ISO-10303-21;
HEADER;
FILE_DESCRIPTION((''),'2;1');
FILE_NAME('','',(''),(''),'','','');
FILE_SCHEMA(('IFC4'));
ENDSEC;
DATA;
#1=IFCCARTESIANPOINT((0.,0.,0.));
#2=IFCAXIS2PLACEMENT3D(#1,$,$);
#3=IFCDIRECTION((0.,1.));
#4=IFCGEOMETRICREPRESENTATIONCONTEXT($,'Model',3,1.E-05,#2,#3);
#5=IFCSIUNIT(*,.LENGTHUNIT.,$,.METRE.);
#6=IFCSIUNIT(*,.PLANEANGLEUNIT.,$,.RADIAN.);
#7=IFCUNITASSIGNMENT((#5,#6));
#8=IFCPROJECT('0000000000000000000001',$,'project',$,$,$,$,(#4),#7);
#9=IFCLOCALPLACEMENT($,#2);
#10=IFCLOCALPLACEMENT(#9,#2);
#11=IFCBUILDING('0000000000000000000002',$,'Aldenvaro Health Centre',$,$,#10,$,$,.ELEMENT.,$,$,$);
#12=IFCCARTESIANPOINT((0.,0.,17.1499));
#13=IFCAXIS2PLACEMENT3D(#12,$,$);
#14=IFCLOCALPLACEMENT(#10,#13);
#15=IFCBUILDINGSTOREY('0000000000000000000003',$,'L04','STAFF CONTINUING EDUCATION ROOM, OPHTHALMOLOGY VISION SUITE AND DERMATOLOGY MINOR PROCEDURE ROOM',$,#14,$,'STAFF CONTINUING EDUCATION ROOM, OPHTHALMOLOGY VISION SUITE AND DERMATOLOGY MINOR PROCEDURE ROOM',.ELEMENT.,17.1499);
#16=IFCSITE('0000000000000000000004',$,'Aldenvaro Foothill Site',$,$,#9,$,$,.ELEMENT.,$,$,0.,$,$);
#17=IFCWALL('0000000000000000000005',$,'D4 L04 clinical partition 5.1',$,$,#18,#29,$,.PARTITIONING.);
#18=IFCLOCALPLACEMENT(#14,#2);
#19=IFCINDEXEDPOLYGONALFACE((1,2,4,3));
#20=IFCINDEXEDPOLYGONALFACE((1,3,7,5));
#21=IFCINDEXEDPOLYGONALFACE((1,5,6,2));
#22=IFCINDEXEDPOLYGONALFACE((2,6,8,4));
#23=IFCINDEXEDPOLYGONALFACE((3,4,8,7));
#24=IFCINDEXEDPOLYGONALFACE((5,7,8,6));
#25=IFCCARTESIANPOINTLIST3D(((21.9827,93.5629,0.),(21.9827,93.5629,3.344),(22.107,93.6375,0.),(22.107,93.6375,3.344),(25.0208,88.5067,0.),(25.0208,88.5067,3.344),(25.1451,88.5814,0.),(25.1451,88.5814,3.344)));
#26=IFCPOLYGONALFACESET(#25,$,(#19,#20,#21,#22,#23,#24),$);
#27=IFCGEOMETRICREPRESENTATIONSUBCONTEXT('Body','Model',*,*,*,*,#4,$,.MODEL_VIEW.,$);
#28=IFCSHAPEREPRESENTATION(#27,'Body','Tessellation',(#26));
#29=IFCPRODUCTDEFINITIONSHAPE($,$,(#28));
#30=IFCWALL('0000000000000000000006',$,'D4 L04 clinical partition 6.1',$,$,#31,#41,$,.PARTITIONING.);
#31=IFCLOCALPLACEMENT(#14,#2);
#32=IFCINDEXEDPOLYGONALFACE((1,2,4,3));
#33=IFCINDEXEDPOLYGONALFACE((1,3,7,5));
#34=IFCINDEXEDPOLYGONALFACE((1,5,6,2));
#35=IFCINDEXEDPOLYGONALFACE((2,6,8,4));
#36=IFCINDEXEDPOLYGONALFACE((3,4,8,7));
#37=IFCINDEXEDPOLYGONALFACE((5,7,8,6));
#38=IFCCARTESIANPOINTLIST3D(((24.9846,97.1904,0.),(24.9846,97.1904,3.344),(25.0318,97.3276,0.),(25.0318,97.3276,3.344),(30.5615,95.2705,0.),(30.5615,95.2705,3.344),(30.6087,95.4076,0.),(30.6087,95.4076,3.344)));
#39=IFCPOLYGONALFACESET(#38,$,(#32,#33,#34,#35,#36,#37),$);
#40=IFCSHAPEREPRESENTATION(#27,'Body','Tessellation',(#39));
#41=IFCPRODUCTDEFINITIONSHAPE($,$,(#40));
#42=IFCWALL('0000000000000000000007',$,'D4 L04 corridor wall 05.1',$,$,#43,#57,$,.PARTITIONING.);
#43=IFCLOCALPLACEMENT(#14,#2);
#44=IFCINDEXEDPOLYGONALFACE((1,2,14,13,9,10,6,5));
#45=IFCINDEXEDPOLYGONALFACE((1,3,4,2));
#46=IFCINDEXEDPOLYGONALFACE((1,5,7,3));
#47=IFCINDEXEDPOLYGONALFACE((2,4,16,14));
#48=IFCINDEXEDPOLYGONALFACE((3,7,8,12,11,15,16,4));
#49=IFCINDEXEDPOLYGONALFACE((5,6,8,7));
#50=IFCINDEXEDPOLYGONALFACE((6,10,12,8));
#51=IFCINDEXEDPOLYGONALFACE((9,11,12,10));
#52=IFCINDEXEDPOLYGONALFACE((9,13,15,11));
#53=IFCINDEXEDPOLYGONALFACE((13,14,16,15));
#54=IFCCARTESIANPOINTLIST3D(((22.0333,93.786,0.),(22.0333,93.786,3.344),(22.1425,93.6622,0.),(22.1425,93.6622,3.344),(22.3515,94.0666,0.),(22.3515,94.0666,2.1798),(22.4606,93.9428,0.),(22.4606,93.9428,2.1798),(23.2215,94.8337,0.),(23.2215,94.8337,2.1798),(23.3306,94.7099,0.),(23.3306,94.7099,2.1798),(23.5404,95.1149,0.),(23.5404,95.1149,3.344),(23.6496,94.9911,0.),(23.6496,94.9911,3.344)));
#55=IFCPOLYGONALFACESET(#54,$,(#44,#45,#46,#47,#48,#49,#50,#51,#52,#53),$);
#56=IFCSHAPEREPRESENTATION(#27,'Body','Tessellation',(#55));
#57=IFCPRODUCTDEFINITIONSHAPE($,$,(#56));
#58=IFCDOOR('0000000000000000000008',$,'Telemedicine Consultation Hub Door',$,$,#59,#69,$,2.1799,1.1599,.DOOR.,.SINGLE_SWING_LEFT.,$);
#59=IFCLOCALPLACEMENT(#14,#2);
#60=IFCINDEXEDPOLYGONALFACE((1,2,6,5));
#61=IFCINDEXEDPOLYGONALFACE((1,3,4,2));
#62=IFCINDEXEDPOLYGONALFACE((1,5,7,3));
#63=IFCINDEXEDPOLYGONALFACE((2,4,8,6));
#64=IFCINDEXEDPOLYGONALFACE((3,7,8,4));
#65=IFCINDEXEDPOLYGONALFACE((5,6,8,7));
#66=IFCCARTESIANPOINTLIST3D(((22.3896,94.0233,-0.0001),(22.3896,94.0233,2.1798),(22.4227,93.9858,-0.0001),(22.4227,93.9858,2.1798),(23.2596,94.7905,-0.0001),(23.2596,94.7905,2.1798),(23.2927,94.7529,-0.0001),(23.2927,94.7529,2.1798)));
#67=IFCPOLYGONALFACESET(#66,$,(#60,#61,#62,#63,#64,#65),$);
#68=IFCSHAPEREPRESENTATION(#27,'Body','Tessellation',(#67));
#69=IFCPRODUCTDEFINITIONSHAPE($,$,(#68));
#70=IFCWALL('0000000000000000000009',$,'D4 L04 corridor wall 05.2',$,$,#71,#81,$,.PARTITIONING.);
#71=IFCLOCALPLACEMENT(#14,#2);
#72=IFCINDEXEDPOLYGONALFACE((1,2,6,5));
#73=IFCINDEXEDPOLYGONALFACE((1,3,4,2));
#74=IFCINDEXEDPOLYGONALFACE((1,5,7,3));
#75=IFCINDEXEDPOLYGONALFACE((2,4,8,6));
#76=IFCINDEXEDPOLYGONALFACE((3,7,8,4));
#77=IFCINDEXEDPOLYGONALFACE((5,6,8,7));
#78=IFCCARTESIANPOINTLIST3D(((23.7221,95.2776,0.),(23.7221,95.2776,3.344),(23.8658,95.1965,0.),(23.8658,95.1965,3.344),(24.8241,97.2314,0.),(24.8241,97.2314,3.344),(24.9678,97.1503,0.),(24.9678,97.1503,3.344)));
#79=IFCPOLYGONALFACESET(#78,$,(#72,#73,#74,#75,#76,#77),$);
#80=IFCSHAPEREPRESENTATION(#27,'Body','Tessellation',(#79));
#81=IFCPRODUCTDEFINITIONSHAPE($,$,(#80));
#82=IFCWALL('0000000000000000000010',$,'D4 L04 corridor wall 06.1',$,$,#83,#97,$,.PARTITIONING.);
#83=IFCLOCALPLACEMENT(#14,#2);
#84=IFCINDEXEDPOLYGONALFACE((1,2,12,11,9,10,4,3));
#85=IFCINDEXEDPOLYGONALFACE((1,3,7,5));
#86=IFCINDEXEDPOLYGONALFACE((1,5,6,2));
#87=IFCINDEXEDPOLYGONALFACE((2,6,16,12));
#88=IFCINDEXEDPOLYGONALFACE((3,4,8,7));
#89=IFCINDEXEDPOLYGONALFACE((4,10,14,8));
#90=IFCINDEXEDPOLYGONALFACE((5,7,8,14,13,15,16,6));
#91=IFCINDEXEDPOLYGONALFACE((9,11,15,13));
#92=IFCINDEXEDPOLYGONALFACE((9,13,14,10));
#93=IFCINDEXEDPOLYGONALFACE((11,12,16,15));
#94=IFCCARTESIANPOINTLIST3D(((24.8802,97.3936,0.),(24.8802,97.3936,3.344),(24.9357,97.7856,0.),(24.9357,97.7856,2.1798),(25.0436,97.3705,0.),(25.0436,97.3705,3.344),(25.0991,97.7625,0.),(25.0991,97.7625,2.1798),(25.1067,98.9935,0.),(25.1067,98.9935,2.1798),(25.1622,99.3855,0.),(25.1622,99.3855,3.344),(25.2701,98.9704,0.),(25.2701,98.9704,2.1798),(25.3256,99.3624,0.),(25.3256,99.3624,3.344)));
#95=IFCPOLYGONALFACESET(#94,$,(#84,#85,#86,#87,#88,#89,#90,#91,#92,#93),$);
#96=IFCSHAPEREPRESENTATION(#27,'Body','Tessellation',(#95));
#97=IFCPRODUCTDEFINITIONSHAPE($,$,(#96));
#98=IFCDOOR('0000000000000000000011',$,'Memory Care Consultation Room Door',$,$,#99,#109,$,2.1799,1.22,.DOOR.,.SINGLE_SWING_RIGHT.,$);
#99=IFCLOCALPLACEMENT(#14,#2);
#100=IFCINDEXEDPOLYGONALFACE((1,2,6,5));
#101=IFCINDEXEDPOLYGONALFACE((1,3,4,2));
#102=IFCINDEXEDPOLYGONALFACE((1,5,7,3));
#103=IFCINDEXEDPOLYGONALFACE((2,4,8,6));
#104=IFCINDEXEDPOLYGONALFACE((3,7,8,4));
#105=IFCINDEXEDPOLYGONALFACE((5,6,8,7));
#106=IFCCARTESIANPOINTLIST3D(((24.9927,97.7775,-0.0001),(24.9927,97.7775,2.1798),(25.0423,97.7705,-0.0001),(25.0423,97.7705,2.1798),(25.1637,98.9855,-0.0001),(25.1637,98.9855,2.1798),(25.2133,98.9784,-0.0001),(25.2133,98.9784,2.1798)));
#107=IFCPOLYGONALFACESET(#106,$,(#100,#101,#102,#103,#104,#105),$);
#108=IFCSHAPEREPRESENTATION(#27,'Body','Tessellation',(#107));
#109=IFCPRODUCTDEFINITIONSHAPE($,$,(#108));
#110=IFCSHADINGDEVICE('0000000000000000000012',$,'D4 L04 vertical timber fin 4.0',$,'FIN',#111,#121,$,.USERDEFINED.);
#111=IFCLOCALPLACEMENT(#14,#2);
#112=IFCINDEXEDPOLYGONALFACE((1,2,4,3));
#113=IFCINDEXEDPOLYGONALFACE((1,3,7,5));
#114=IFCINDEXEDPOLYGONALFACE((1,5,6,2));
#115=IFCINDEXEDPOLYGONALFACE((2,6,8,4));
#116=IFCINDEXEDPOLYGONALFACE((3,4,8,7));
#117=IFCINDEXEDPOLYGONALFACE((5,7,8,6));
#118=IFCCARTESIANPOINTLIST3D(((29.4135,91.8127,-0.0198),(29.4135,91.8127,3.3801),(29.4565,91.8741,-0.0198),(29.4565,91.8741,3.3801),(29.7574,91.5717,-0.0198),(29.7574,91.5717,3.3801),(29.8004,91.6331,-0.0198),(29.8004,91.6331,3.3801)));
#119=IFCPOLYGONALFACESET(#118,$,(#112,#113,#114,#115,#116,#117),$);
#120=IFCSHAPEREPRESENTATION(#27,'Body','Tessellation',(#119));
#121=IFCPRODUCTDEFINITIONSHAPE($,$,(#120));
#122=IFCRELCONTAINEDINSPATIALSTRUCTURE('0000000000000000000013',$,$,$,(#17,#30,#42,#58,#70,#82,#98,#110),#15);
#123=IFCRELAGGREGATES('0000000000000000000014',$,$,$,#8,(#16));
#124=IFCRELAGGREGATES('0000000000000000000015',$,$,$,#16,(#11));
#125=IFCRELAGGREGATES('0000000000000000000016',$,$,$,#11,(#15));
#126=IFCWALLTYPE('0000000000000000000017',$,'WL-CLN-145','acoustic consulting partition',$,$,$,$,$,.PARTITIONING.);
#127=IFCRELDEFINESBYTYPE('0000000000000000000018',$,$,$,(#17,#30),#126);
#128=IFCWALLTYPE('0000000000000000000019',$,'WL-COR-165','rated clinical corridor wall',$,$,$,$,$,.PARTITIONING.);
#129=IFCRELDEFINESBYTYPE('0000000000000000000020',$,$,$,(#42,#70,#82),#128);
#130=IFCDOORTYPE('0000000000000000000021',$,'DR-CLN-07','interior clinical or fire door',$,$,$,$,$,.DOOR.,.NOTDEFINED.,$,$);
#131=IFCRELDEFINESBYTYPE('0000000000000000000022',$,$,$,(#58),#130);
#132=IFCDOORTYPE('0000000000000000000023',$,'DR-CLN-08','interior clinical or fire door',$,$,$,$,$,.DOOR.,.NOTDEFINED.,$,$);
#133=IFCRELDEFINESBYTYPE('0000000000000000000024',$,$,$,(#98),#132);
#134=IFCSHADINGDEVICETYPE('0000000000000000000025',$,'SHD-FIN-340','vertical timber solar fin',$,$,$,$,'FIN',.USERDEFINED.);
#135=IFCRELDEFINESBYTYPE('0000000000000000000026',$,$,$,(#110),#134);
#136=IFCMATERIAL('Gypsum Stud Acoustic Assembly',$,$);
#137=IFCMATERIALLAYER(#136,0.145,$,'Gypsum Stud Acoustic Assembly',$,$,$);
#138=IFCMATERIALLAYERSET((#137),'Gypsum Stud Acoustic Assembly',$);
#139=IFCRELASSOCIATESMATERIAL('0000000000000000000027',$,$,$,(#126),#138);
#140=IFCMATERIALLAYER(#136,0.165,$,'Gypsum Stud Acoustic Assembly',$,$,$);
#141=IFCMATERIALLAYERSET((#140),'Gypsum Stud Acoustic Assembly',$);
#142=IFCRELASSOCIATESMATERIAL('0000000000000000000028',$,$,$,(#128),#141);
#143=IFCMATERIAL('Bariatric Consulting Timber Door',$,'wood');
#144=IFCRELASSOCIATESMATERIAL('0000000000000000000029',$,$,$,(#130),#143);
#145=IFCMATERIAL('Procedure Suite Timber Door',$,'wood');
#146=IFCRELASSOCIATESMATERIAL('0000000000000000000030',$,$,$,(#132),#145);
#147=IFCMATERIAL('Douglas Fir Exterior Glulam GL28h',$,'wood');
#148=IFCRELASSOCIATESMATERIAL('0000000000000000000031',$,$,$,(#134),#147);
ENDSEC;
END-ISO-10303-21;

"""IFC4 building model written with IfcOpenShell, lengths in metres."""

from ifc_helpers import new_model, si_unit, direction, frame, frame_2d, origin, origin_2d, place, context, subcontext, project, spatial, rectangle, extrude, material, layer, layer_set, type_object, element, fill, save


model = new_model("IFC4")

# Units and contexts
model_context = context("Model", 3, precision=1e-05, world=origin(), true_north=direction((0.0, 1.0)))
body_context = subcontext(model_context, "Body", "Model", "MODEL_VIEW")
ifc_project = project(units=[si_unit("LENGTHUNIT", "METRE"), si_unit("PLANEANGLEUNIT", "RADIAN")], contexts=[model_context])

# Site, building, storey
site_placement = place(None, origin())
site = spatial("IfcSite", under=ifc_project, at=site_placement, Name="Aldenvaro Foothill Site", CompositionType="ELEMENT", RefElevation=0.0)
building_placement = place(site_placement, origin())
building = spatial("IfcBuilding", under=site, at=building_placement, Name="Aldenvaro Health Centre", CompositionType="ELEMENT")
storey_placement = place(building_placement, frame((0.0, 0.0, 17.1499)))
storey = spatial("IfcBuildingStorey", under=building, at=storey_placement, Name="L04", Description="STAFF CONTINUING EDUCATION ROOM, OPHTHALMOLOGY VISION SUITE AND DERMATOLOGY MINOR PROCEDURE ROOM", LongName="STAFF CONTINUING EDUCATION ROOM, OPHTHALMOLOGY VISION SUITE AND DERMATOLOGY MINOR PROCEDURE ROOM", CompositionType="ELEMENT", Elevation=17.1499)

# Walls
ifc_material_1 = material(Name="Gypsum Stud Acoustic Assembly")
ifc_layer_1 = layer(ifc_material_1, 0.145, Name="Gypsum Stud Acoustic Assembly")
ifc_layer_set_1 = layer_set([ifc_layer_1], Name="Gypsum Stud Acoustic Assembly")
wall_type_1 = type_object("IfcWallType", Name="WL-CLN-145", Description="acoustic consulting partition", PredefinedType="PARTITIONING", material=ifc_layer_set_1)
wall_1_placement = place(storey_placement, frame((22.0449, 93.6001, 0.0), z_axis=(0.0, 0.0, 1.0), x_axis=(0.515043, -0.857164, 0.0)))
element("IfcWall", 1, at=wall_1_placement, inside=storey, type_object=wall_type_1, Name="D4 L04 clinical partition 5.1", PredefinedType="PARTITIONING", context=body_context, shape_type="SweptSolid", body=[
    extrude(rectangle(XDim=5.8987, YDim=0.145, at=frame_2d((2.9492, 0.0))), origin(), (0.0, 0.0, 1.0), 3.344),
])
wall_2_placement = place(storey_placement, frame((25.0081, 97.259, 0.0), z_axis=(0.0, 0.0, 1.0), x_axis=(0.945537, -0.325514, 0.0)))
element("IfcWall", 2, at=wall_2_placement, inside=storey, type_object=wall_type_1, Name="D4 L04 clinical partition 6.1", PredefinedType="PARTITIONING", context=body_context, shape_type="SweptSolid", body=[
    extrude(rectangle(XDim=5.8982, YDim=0.145, at=frame_2d((2.9492, 0.0))), origin(), (0.0, 0.0, 1.0), 3.344),
])

# Wall, opening, door
ifc_layer_2 = layer(ifc_material_1, 0.165, Name="Gypsum Stud Acoustic Assembly")
ifc_layer_set_2 = layer_set([ifc_layer_2], Name="Gypsum Stud Acoustic Assembly")
wall_type_2 = type_object("IfcWallType", Name="WL-COR-165", Description="rated clinical corridor wall", PredefinedType="PARTITIONING", material=ifc_layer_set_2)
wall_3_placement = place(storey_placement, frame((22.0879, 93.7241, 0.0), z_axis=(0.0, 0.0, 1.0), x_axis=(0.750065, 0.661364, 0.0)))
wall_3 = element("IfcWall", 3, at=wall_3_placement, inside=storey, type_object=wall_type_2, Name="D4 L04 corridor wall 05.1", PredefinedType="PARTITIONING", context=body_context, shape_type="SweptSolid", body=[
    extrude(rectangle(XDim=2.0093, YDim=0.165, at=frame_2d((1.0046, 0.0))), origin(), (0.0, 0.0, 1.0), 3.344),
])
opening_1_placement = place(wall_3_placement, frame((0.4241, 0.0, 0.0)))
opening_1 = element("IfcOpeningElement", 4, at=opening_1_placement, cuts=wall_3, PredefinedType="OPENING", context=body_context, shape_type="SweptSolid", body=[
    extrude(rectangle(XDim=1.1599, YDim=2.1799, at=frame_2d((0.5801, 1.0898))), frame((0.0, 0.0925, 0.0), z_axis=(0.0, -1.0, 0.0), x_axis=(1.0, 0.0, 0.0)), (0.0, 0.0, 1.0), 0.1851),
])
ifc_material_2 = material(Name="Bariatric Consulting Timber Door", Category="wood")
door_type_1 = type_object("IfcDoorType", Name="DR-CLN-07", Description="interior clinical or fire door", OperationType="NOTDEFINED", PredefinedType="DOOR", material=ifc_material_2)
door_1_placement = place(opening_1_placement, origin())
door_1 = element("IfcDoor", 5, at=door_1_placement, inside=storey, type_object=door_type_1, Name="Telemedicine Consultation Hub Door", OperationType="SINGLE_SWING_LEFT", OverallHeight=2.1799, OverallWidth=1.1599, PredefinedType="DOOR", context=body_context, shape_type="SweptSolid", body=[
    extrude(rectangle(XDim=1.1599, YDim=2.1799, at=frame_2d((0.5801, 1.0898))), frame((0.0, 0.0249, 0.0), z_axis=(0.0, -1.0, 0.0), x_axis=(1.0, 0.0, 0.0)), (0.0, 0.0, 1.0), 0.05),
])
fill(opening_1, door_1)

# Wall
wall_4_placement = place(storey_placement, frame((23.7939, 95.2371, 0.0), z_axis=(0.0, 0.0, 1.0), x_axis=(0.491279, 0.871002, 0.0)))
element("IfcWall", 6, at=wall_4_placement, inside=storey, type_object=wall_type_2, Name="D4 L04 corridor wall 05.2", PredefinedType="PARTITIONING", context=body_context, shape_type="SweptSolid", body=[
    extrude(rectangle(XDim=2.2432, YDim=0.165, at=frame_2d((1.1216, 0.0))), origin(), (0.0, 0.0, 1.0), 3.344),
])

# Wall, opening, door
wall_5_placement = place(storey_placement, frame((24.9619, 97.3821, 0.0), z_axis=(0.0, 0.0, 1.0), x_axis=(0.140164, 0.990128, 0.0)))
wall_5 = element("IfcWall", 7, at=wall_5_placement, inside=storey, type_object=wall_type_2, Name="D4 L04 corridor wall 06.1", PredefinedType="PARTITIONING", context=body_context, shape_type="SweptSolid", body=[
    extrude(rectangle(XDim=2.0117, YDim=0.165, at=frame_2d((1.0059, 0.0))), origin(), (0.0, 0.0, 1.0), 3.344),
])
opening_2_placement = place(wall_5_placement, frame((0.396, 0.0, 0.0)))
opening_2 = element("IfcOpeningElement", 8, at=opening_2_placement, cuts=wall_5, PredefinedType="OPENING", context=body_context, shape_type="SweptSolid", body=[
    extrude(rectangle(XDim=1.22, YDim=2.1799, at=frame_2d((0.6099, 1.0898))), frame((0.0, 0.0925, 0.0), z_axis=(0.0, -1.0, 0.0), x_axis=(1.0, 0.0, 0.0)), (0.0, 0.0, 1.0), 0.1851),
])
ifc_material_3 = material(Name="Procedure Suite Timber Door", Category="wood")
door_type_2 = type_object("IfcDoorType", Name="DR-CLN-08", Description="interior clinical or fire door", OperationType="NOTDEFINED", PredefinedType="DOOR", material=ifc_material_3)
door_2_placement = place(opening_2_placement, origin())
door_2 = element("IfcDoor", 9, at=door_2_placement, inside=storey, type_object=door_type_2, Name="Memory Care Consultation Room Door", OperationType="SINGLE_SWING_RIGHT", OverallHeight=2.1799, OverallWidth=1.22, PredefinedType="DOOR", context=body_context, shape_type="SweptSolid", body=[
    extrude(rectangle(XDim=1.22, YDim=2.1799, at=frame_2d((0.6099, 1.0898))), frame((0.0, 0.0249, 0.0), z_axis=(0.0, -1.0, 0.0), x_axis=(1.0, 0.0, 0.0)), (0.0, 0.0, 1.0), 0.05),
])
fill(opening_2, door_2)

# Shading device
ifc_material_4 = material(Name="Douglas Fir Exterior Glulam GL28h", Category="wood")
shading_device_type = type_object("IfcShadingDeviceType", Name="SHD-FIN-340", Description="vertical timber solar fin", ElementType="FIN", PredefinedType="USERDEFINED", material=ifc_material_4)
shading_device_placement = place(storey_placement, frame((29.6069, 91.7229, -0.0198), z_axis=(0.0, 0.0, 1.0), x_axis=(-0.573721, -0.819051, 0.0)))
element("IfcShadingDevice", 10, at=shading_device_placement, inside=storey, type_object=shading_device_type, Name="D4 L04 vertical timber fin 4.0", ObjectType="FIN", PredefinedType="USERDEFINED", context=body_context, shape_type="SweptSolid", body=[
    extrude(rectangle(XDim=0.075, YDim=0.4199, at=origin_2d()), origin(), (0.0, 0.0, 1.0), 3.3999),
])

save(model, "model.ifc")
